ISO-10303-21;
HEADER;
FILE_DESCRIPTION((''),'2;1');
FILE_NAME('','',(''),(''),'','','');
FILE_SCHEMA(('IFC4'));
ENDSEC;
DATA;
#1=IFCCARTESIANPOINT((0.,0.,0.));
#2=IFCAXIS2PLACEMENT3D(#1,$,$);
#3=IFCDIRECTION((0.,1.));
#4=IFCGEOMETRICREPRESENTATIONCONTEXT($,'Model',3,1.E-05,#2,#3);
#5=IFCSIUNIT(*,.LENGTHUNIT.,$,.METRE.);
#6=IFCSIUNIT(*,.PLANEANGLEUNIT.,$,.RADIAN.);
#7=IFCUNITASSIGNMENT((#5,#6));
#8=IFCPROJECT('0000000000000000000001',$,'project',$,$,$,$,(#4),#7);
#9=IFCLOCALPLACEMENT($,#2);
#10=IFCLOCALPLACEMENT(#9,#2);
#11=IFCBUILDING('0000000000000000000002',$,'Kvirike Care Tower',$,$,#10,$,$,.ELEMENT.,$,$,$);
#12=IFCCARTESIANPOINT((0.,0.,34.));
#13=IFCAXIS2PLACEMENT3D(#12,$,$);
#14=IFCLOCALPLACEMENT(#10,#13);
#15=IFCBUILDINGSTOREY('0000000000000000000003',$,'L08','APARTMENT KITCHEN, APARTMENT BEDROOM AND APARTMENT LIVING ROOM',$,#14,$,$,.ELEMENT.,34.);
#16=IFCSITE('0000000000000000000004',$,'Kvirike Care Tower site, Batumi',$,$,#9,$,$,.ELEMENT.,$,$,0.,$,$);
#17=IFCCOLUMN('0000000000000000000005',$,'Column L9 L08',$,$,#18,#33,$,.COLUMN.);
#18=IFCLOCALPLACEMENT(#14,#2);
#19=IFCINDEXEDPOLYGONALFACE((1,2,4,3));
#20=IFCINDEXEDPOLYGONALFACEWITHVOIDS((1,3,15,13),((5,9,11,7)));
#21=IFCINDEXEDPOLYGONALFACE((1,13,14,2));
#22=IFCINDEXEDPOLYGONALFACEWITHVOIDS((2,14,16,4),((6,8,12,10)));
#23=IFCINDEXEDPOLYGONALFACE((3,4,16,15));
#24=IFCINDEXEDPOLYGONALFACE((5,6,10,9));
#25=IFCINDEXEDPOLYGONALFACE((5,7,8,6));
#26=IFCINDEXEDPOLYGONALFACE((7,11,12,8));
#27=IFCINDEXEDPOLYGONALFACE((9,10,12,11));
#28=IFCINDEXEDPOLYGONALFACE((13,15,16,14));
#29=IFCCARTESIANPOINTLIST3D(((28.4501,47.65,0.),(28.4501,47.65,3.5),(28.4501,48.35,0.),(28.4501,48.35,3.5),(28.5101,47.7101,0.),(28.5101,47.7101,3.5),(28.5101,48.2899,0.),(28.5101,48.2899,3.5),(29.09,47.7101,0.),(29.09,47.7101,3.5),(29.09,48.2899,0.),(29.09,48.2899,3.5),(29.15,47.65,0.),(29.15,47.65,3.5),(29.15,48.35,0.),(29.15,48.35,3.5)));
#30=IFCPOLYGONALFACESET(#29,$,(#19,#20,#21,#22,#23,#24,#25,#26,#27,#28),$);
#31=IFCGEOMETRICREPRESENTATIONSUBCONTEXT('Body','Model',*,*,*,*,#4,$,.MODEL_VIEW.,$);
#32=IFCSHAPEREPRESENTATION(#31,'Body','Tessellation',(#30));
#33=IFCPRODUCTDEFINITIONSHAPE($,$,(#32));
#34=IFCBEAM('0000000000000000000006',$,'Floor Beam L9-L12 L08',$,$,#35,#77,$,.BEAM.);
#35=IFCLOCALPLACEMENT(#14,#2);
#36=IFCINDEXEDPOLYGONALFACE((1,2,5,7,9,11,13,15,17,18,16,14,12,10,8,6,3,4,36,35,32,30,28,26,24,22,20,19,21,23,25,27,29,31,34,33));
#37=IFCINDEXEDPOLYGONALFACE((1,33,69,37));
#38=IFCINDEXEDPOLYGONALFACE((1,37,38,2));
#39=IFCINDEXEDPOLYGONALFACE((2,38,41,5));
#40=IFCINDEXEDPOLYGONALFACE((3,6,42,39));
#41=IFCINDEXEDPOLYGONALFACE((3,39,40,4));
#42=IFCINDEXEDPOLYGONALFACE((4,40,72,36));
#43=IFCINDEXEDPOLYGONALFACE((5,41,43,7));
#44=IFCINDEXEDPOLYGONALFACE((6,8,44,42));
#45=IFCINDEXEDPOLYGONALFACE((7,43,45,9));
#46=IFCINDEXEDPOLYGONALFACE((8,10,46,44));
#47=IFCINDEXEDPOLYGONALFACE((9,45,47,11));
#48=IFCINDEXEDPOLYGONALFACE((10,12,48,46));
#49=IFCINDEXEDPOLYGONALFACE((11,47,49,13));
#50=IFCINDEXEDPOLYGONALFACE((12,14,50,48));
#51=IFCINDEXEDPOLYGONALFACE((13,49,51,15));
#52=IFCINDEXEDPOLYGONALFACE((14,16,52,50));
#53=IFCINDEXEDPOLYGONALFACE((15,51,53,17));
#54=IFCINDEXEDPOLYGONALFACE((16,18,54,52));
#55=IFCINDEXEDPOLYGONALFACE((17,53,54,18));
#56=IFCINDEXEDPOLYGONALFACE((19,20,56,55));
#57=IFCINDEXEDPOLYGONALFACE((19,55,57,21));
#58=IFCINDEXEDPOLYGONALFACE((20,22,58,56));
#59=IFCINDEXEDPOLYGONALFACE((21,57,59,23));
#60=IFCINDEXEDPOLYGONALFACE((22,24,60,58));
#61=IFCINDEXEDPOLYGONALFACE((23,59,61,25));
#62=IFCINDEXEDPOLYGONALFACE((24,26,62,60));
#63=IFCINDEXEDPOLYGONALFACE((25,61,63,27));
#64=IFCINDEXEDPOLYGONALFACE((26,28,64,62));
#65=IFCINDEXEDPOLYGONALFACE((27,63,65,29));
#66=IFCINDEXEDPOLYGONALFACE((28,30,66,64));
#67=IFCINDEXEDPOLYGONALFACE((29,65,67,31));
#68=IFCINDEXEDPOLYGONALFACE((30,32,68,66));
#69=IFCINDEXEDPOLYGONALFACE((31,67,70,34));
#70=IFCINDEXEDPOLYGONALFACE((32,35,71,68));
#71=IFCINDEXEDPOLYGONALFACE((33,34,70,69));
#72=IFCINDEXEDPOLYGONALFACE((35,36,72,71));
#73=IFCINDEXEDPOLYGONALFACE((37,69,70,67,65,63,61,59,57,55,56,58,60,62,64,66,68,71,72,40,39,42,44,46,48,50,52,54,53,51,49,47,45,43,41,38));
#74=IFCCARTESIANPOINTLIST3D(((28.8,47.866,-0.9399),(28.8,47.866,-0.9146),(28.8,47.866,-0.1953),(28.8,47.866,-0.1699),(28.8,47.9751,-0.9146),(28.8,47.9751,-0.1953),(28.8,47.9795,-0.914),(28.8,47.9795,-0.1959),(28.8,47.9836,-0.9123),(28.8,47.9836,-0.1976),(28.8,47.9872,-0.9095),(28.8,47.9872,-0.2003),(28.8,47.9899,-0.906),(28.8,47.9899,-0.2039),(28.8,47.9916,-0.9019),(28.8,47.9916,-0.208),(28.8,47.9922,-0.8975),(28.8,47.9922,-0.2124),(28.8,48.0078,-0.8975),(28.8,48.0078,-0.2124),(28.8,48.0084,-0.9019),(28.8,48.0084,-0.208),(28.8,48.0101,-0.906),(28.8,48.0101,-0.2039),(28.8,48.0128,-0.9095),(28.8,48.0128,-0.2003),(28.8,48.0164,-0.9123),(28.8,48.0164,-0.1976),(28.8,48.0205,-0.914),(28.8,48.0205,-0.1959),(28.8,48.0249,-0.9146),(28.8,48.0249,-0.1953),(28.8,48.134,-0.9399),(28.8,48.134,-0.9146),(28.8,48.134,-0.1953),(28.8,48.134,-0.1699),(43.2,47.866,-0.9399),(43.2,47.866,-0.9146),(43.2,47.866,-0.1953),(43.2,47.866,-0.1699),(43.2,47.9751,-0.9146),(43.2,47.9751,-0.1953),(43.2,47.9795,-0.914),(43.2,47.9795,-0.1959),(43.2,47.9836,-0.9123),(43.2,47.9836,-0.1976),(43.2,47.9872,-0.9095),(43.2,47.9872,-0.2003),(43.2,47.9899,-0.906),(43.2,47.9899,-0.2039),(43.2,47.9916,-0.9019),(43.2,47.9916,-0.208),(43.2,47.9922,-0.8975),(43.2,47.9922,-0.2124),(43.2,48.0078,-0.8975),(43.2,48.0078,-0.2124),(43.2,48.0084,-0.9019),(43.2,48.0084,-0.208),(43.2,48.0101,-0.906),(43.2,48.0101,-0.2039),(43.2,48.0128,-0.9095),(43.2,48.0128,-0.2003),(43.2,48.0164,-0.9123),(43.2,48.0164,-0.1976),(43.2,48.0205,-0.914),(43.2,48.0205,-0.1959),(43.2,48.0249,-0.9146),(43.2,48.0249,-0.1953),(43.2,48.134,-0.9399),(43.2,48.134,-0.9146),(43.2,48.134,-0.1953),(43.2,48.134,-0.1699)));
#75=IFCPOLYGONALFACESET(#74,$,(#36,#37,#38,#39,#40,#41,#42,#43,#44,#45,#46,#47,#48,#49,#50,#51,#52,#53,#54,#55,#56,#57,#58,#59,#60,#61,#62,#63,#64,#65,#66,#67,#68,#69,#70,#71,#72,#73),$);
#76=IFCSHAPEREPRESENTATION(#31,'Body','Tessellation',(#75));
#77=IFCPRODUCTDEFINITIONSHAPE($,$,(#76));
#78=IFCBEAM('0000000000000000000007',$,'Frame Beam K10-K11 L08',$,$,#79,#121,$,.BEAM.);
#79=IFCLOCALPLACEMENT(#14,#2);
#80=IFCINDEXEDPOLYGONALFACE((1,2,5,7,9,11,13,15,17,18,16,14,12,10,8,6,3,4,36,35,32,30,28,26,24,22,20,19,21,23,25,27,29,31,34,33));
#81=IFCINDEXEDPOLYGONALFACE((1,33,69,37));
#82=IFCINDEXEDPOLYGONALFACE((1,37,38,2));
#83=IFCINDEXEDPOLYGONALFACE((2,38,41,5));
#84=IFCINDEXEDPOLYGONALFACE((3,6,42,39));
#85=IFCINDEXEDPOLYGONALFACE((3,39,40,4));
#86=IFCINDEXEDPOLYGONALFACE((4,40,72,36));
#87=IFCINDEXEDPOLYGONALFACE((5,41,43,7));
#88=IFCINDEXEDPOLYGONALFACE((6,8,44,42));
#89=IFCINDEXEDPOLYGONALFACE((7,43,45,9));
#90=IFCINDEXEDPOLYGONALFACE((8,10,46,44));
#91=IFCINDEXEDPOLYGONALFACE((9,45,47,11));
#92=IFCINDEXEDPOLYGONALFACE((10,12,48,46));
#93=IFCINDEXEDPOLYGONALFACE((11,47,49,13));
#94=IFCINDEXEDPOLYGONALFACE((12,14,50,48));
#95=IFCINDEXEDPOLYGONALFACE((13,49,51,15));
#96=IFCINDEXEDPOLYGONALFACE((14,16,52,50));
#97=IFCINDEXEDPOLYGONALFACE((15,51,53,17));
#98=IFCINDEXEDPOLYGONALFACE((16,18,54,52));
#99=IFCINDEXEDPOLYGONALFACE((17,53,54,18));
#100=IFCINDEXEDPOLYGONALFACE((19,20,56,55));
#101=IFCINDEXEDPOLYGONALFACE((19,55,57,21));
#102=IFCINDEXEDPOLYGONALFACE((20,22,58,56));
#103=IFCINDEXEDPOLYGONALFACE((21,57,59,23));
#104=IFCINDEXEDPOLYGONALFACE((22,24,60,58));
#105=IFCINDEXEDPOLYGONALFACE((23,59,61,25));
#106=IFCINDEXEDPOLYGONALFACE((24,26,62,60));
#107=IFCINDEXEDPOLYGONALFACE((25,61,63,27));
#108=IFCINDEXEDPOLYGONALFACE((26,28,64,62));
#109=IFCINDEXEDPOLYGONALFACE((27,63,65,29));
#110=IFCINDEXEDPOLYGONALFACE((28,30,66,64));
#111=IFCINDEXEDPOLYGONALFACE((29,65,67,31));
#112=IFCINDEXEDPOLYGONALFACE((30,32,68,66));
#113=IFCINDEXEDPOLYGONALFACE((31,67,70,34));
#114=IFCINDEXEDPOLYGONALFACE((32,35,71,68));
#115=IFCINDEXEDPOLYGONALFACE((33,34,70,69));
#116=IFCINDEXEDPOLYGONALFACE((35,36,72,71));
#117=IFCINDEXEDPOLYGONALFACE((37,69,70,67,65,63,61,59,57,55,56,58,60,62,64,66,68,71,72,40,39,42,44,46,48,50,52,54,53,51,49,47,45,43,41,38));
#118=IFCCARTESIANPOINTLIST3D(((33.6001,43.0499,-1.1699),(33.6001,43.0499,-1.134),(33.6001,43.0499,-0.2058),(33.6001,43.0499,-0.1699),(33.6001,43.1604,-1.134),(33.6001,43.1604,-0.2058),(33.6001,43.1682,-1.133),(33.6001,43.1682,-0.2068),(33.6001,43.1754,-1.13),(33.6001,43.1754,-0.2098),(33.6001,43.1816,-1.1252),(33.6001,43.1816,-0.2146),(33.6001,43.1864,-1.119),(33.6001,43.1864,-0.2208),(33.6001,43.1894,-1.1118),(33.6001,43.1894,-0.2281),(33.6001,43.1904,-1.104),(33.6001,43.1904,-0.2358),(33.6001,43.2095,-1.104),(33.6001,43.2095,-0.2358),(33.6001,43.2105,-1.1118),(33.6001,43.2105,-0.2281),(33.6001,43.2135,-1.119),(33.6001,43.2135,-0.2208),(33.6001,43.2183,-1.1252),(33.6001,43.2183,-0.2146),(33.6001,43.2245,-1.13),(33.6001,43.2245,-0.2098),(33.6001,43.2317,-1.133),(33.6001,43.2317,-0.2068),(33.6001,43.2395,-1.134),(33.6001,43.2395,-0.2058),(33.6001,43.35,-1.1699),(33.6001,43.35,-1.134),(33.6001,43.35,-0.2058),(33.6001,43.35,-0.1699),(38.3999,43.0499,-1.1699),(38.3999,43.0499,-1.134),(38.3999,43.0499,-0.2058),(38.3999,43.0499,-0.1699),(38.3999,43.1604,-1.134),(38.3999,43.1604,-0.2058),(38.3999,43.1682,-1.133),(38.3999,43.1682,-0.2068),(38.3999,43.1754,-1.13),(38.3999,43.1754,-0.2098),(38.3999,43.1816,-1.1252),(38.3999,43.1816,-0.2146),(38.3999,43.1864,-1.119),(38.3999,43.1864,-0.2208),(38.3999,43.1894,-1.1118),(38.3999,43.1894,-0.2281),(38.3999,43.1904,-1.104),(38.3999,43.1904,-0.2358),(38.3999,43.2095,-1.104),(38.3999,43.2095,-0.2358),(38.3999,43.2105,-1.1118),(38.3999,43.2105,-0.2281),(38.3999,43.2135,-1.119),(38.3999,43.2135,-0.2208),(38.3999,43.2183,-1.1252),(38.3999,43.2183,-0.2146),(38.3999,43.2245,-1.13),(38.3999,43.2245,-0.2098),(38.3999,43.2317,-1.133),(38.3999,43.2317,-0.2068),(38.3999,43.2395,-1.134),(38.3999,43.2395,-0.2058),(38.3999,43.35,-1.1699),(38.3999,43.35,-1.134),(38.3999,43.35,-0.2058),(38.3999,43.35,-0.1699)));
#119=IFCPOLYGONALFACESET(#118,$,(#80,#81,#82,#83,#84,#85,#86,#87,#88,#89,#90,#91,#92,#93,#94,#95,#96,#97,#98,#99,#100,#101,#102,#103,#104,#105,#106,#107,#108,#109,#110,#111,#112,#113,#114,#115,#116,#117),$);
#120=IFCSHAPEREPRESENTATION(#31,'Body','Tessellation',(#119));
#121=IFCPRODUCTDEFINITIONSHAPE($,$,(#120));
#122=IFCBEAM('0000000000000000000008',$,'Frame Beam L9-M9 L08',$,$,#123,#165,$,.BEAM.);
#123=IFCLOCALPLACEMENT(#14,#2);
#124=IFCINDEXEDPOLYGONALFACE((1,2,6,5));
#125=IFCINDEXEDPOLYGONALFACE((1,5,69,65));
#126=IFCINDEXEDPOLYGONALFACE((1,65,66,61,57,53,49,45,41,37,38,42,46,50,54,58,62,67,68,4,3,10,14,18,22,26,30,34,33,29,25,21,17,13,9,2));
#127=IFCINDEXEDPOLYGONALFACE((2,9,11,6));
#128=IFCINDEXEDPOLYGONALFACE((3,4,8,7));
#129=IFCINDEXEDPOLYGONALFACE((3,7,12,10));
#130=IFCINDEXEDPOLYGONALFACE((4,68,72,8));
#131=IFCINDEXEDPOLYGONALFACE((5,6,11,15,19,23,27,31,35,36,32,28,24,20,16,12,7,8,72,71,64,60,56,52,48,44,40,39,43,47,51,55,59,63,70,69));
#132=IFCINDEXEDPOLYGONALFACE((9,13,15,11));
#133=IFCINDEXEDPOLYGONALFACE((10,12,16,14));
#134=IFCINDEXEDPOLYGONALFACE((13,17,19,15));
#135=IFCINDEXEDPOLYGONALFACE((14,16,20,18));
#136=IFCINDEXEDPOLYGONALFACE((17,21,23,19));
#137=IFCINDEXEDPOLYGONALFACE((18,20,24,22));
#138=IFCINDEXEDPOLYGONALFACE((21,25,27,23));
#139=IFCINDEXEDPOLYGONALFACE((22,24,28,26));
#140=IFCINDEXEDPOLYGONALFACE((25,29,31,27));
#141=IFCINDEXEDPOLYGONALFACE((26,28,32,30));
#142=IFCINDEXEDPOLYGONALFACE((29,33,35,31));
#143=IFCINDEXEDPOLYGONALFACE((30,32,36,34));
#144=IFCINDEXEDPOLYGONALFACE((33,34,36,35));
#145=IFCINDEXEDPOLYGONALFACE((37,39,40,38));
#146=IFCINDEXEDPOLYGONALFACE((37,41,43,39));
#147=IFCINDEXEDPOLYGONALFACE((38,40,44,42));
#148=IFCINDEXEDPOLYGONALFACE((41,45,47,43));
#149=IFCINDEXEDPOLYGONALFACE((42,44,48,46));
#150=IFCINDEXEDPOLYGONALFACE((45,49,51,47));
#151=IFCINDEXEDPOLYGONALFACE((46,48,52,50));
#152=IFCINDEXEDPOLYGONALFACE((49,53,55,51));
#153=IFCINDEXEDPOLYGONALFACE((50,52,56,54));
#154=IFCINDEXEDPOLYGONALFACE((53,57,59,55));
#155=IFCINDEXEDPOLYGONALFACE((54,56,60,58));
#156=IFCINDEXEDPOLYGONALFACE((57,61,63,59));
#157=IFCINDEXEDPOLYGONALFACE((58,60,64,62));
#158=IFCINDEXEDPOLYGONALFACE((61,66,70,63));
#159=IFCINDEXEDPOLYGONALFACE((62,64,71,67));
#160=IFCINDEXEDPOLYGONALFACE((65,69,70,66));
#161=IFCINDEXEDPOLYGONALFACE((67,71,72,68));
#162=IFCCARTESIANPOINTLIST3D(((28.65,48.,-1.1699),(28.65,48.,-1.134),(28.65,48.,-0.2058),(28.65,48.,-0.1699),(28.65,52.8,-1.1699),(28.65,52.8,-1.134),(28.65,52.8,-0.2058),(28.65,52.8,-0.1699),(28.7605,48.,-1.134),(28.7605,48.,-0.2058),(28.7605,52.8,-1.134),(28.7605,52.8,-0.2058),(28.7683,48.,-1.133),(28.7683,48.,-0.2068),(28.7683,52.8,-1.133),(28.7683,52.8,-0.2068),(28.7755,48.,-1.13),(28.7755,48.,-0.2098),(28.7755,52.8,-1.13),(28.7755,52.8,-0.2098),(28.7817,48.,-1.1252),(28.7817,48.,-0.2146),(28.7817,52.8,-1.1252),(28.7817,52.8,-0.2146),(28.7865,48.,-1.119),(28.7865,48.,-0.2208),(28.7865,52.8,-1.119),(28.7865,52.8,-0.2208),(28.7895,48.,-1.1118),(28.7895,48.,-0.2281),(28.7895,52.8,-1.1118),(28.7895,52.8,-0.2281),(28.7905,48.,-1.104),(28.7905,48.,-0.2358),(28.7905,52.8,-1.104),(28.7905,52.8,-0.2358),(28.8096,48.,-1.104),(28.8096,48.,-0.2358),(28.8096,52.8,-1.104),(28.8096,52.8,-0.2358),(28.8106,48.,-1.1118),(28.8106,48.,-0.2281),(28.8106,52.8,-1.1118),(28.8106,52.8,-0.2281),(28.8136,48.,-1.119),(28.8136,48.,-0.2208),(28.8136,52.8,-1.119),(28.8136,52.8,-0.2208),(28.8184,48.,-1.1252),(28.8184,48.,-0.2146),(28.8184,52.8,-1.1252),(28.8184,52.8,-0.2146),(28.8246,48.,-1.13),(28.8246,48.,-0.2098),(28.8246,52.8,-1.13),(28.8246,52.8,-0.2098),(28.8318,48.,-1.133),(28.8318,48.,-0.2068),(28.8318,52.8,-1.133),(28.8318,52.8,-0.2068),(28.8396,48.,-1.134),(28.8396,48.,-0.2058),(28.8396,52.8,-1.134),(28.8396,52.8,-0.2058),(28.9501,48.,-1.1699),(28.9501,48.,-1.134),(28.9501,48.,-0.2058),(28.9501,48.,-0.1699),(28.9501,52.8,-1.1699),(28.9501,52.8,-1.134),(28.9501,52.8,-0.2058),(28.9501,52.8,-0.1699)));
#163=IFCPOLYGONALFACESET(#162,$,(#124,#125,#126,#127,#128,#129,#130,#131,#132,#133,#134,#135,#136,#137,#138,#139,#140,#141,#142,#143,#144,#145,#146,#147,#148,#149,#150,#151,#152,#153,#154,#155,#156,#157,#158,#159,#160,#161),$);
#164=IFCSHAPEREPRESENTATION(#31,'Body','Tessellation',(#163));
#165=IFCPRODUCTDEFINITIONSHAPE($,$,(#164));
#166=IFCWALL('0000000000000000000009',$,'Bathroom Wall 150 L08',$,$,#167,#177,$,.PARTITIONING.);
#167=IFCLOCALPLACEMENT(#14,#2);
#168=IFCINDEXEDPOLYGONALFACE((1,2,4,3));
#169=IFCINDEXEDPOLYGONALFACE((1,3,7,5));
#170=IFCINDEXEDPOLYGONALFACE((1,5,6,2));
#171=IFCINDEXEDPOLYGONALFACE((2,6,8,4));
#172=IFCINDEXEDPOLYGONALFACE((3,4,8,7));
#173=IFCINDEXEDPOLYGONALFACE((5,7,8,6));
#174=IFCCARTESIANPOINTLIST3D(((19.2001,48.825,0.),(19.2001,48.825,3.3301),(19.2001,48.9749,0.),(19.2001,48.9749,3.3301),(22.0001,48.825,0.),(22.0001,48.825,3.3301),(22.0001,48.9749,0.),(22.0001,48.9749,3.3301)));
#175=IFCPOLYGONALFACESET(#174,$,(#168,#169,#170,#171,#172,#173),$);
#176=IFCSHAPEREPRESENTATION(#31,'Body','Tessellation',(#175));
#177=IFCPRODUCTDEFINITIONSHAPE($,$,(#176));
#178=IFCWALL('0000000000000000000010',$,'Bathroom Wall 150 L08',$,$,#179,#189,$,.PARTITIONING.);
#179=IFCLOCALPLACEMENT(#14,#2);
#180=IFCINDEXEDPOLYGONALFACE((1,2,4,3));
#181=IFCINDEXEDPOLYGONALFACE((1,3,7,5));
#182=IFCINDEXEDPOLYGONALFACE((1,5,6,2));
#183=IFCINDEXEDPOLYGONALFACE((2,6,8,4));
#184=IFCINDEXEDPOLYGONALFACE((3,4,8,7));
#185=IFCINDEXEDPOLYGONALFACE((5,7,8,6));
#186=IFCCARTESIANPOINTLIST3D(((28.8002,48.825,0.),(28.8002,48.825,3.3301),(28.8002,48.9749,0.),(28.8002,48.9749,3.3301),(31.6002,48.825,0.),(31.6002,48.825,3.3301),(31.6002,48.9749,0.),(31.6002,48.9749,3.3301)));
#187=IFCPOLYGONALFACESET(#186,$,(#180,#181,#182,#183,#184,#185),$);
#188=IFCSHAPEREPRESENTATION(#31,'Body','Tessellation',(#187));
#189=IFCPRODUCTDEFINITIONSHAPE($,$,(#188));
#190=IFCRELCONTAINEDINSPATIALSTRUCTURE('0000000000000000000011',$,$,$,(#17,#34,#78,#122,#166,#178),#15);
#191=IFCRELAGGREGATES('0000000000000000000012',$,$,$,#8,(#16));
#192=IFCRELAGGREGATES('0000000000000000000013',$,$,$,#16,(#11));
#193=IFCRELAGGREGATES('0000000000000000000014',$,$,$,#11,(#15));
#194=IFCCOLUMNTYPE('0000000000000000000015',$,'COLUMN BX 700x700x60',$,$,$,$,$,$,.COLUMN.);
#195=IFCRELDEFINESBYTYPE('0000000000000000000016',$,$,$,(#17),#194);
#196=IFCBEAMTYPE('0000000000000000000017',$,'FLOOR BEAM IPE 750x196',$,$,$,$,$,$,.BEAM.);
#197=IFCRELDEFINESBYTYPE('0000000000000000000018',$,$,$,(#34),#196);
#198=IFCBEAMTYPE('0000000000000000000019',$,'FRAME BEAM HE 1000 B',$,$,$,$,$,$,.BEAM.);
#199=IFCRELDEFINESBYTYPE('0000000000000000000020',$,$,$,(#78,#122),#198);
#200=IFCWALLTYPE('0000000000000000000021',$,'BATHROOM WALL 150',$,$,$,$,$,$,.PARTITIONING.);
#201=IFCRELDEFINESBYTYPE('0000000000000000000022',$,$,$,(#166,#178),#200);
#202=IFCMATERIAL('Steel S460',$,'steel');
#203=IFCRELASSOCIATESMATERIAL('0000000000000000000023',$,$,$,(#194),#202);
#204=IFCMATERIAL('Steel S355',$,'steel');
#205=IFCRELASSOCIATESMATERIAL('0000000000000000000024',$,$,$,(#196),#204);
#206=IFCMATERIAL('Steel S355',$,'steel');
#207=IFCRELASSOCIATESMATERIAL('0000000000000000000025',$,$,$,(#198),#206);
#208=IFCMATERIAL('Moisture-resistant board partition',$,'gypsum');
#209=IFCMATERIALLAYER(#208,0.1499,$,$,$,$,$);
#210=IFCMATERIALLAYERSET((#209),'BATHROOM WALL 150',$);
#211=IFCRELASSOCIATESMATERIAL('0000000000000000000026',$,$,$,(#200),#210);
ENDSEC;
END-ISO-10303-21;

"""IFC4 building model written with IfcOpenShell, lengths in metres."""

from ifc_helpers import new_model, si_unit, direction, frame, frame_2d, origin, origin_2d, place, context, subcontext, project, spatial, rectangle, hollow_rectangle, i_section, extrude, material, layer, layer_set, material_profile, profile_set, type_object, element, save


model = new_model("IFC4")

# Units and contexts
model_context = context("Model", 3, precision=1e-05, world=origin(), true_north=direction((0.0, 1.0)))
body_context = subcontext(model_context, "Body", "Model", "MODEL_VIEW")
ifc_project = project(units=[si_unit("LENGTHUNIT", "METRE"), si_unit("PLANEANGLEUNIT", "RADIAN")], contexts=[model_context])

# Site, building, storey
site_placement = place(None, origin())
site = spatial("IfcSite", under=ifc_project, at=site_placement, Name="Kvirike Care Tower site, Batumi", CompositionType="ELEMENT", RefElevation=0.0)
building_placement = place(site_placement, origin())
building = spatial("IfcBuilding", under=site, at=building_placement, Name="Kvirike Care Tower", CompositionType="ELEMENT")
storey_placement = place(building_placement, frame((0.0, 0.0, 34.0)))
storey = spatial("IfcBuildingStorey", under=building, at=storey_placement, Name="L08", Description="APARTMENT KITCHEN, APARTMENT BEDROOM AND APARTMENT LIVING ROOM", CompositionType="ELEMENT", Elevation=34.0)

# Column
ifc_material_1 = material(Name="Steel S460", Category="steel")
ifc_material_profile_1 = material_profile(ifc_material_1, hollow_rectangle(XDim=0.7, YDim=0.7, WallThickness=0.0601, at=origin_2d()), Name="BX 700x700x60")
ifc_profile_set_1 = profile_set([ifc_material_profile_1], Name="Steel S460")
column_type = type_object("IfcColumnType", Name="COLUMN BX 700x700x60", PredefinedType="COLUMN", material=ifc_profile_set_1)
column_placement = place(storey_placement, frame((28.8, 48.0, 0.0), z_axis=(0.0, 0.0, 1.0), x_axis=(1.0, 0.0, 0.0)))
element("IfcColumn", 1, at=column_placement, inside=storey, type_object=column_type, Name="Column L9 L08", PredefinedType="COLUMN", context=body_context, shape_type="SweptSolid", body=[
    extrude(hollow_rectangle(XDim=0.7, YDim=0.7, WallThickness=0.0601, at=origin_2d()), origin(), (0.0, 0.0, 1.0), 3.5),
])

# Beams
ifc_material_2 = material(Name="Steel S355", Category="steel")
ifc_material_profile_2 = material_profile(ifc_material_2, i_section(OverallWidth=0.2681, OverallDepth=0.77, WebThickness=0.0156, FlangeThickness=0.0254, FilletRadius=0.0171, at=origin_2d()), Name="IPE 750x196")
ifc_profile_set_2 = profile_set([ifc_material_profile_2], Name="Steel S355")
beam_type_1 = type_object("IfcBeamType", Name="FLOOR BEAM IPE 750x196", PredefinedType="BEAM", material=ifc_profile_set_2)
beam_1_placement = place(storey_placement, frame((28.8, 48.0, -0.5549), z_axis=(1.0, 0.0, 0.0), x_axis=(0.0, 1.0, 0.0)))
element("IfcBeam", 2, at=beam_1_placement, inside=storey, type_object=beam_type_1, Name="Floor Beam L9-L12 L08", PredefinedType="BEAM", context=body_context, shape_type="SweptSolid", body=[
    extrude(i_section(OverallWidth=0.2681, OverallDepth=0.77, WebThickness=0.0156, FlangeThickness=0.0254, FilletRadius=0.0171, at=origin_2d()), origin(), (0.0, 0.0, 1.0), 14.3999),
])
ifc_material_3 = material(Name="Steel S355", Category="steel")
ifc_material_profile_3 = material_profile(ifc_material_3, i_section(OverallWidth=0.3, OverallDepth=1.0, WebThickness=0.019, FlangeThickness=0.0359, FilletRadius=0.03, at=origin_2d()), Name="HE 1000 B")
ifc_profile_set_3 = profile_set([ifc_material_profile_3], Name="Steel S355")
beam_type_2 = type_object("IfcBeamType", Name="FRAME BEAM HE 1000 B", PredefinedType="BEAM", material=ifc_profile_set_3)
beam_2_placement = place(storey_placement, frame((33.6001, 43.2, -0.6699), z_axis=(1.0, 0.0, 0.0), x_axis=(0.0, 1.0, 0.0)))
element("IfcBeam", 3, at=beam_2_placement, inside=storey, type_object=beam_type_2, Name="Frame Beam K10-K11 L08", PredefinedType="BEAM", context=body_context, shape_type="SweptSolid", body=[
    extrude(i_section(OverallWidth=0.3, OverallDepth=1.0, WebThickness=0.019, FlangeThickness=0.0359, FilletRadius=0.03, at=origin_2d()), origin(), (0.0, 0.0, 1.0), 4.7998),
])
beam_3_placement = place(storey_placement, frame((28.8, 48.0, -0.6699), z_axis=(0.0, 1.0, 0.0), x_axis=(-1.0, 0.0, 0.0)))
element("IfcBeam", 4, at=beam_3_placement, inside=storey, type_object=beam_type_2, Name="Frame Beam L9-M9 L08", PredefinedType="BEAM", context=body_context, shape_type="SweptSolid", body=[
    extrude(i_section(OverallWidth=0.3, OverallDepth=1.0, WebThickness=0.019, FlangeThickness=0.0359, FilletRadius=0.03, at=origin_2d()), origin(), (0.0, 0.0, 1.0), 4.8),
])

# Walls
ifc_material_4 = material(Name="Moisture-resistant board partition", Category="gypsum")
ifc_layer_1 = layer(ifc_material_4, 0.1499)
ifc_layer_set_1 = layer_set([ifc_layer_1], Name="BATHROOM WALL 150")
wall_type_1 = type_object("IfcWallType", Name="BATHROOM WALL 150", PredefinedType="PARTITIONING", material=ifc_layer_set_1)
for number, where, z_axis, x_axis, name in (
    (5, (22.0, 48.8999, 0.0), (0.0, 0.0, 1.0), (-1.0, 0.0, 0.0), "Bathroom Wall 150 L08"),
    (6, (31.6001, 48.8999, 0.0), (0.0, 0.0, 1.0), (-1.0, 0.0, 0.0), "Bathroom Wall 150 L08"),
):
    element("IfcWall", number, at=place(storey_placement, frame(where, z_axis=z_axis, x_axis=x_axis)), inside=storey, type_object=wall_type_1, Name=name, PredefinedType="PARTITIONING", context=body_context, shape_type="SweptSolid", body=[
        extrude(rectangle(XDim=2.8, YDim=0.1499, at=frame_2d((1.3999, 0.0))), origin(), (0.0, 0.0, 1.0), 3.3301),
    ])

save(model, "model.ifc")
